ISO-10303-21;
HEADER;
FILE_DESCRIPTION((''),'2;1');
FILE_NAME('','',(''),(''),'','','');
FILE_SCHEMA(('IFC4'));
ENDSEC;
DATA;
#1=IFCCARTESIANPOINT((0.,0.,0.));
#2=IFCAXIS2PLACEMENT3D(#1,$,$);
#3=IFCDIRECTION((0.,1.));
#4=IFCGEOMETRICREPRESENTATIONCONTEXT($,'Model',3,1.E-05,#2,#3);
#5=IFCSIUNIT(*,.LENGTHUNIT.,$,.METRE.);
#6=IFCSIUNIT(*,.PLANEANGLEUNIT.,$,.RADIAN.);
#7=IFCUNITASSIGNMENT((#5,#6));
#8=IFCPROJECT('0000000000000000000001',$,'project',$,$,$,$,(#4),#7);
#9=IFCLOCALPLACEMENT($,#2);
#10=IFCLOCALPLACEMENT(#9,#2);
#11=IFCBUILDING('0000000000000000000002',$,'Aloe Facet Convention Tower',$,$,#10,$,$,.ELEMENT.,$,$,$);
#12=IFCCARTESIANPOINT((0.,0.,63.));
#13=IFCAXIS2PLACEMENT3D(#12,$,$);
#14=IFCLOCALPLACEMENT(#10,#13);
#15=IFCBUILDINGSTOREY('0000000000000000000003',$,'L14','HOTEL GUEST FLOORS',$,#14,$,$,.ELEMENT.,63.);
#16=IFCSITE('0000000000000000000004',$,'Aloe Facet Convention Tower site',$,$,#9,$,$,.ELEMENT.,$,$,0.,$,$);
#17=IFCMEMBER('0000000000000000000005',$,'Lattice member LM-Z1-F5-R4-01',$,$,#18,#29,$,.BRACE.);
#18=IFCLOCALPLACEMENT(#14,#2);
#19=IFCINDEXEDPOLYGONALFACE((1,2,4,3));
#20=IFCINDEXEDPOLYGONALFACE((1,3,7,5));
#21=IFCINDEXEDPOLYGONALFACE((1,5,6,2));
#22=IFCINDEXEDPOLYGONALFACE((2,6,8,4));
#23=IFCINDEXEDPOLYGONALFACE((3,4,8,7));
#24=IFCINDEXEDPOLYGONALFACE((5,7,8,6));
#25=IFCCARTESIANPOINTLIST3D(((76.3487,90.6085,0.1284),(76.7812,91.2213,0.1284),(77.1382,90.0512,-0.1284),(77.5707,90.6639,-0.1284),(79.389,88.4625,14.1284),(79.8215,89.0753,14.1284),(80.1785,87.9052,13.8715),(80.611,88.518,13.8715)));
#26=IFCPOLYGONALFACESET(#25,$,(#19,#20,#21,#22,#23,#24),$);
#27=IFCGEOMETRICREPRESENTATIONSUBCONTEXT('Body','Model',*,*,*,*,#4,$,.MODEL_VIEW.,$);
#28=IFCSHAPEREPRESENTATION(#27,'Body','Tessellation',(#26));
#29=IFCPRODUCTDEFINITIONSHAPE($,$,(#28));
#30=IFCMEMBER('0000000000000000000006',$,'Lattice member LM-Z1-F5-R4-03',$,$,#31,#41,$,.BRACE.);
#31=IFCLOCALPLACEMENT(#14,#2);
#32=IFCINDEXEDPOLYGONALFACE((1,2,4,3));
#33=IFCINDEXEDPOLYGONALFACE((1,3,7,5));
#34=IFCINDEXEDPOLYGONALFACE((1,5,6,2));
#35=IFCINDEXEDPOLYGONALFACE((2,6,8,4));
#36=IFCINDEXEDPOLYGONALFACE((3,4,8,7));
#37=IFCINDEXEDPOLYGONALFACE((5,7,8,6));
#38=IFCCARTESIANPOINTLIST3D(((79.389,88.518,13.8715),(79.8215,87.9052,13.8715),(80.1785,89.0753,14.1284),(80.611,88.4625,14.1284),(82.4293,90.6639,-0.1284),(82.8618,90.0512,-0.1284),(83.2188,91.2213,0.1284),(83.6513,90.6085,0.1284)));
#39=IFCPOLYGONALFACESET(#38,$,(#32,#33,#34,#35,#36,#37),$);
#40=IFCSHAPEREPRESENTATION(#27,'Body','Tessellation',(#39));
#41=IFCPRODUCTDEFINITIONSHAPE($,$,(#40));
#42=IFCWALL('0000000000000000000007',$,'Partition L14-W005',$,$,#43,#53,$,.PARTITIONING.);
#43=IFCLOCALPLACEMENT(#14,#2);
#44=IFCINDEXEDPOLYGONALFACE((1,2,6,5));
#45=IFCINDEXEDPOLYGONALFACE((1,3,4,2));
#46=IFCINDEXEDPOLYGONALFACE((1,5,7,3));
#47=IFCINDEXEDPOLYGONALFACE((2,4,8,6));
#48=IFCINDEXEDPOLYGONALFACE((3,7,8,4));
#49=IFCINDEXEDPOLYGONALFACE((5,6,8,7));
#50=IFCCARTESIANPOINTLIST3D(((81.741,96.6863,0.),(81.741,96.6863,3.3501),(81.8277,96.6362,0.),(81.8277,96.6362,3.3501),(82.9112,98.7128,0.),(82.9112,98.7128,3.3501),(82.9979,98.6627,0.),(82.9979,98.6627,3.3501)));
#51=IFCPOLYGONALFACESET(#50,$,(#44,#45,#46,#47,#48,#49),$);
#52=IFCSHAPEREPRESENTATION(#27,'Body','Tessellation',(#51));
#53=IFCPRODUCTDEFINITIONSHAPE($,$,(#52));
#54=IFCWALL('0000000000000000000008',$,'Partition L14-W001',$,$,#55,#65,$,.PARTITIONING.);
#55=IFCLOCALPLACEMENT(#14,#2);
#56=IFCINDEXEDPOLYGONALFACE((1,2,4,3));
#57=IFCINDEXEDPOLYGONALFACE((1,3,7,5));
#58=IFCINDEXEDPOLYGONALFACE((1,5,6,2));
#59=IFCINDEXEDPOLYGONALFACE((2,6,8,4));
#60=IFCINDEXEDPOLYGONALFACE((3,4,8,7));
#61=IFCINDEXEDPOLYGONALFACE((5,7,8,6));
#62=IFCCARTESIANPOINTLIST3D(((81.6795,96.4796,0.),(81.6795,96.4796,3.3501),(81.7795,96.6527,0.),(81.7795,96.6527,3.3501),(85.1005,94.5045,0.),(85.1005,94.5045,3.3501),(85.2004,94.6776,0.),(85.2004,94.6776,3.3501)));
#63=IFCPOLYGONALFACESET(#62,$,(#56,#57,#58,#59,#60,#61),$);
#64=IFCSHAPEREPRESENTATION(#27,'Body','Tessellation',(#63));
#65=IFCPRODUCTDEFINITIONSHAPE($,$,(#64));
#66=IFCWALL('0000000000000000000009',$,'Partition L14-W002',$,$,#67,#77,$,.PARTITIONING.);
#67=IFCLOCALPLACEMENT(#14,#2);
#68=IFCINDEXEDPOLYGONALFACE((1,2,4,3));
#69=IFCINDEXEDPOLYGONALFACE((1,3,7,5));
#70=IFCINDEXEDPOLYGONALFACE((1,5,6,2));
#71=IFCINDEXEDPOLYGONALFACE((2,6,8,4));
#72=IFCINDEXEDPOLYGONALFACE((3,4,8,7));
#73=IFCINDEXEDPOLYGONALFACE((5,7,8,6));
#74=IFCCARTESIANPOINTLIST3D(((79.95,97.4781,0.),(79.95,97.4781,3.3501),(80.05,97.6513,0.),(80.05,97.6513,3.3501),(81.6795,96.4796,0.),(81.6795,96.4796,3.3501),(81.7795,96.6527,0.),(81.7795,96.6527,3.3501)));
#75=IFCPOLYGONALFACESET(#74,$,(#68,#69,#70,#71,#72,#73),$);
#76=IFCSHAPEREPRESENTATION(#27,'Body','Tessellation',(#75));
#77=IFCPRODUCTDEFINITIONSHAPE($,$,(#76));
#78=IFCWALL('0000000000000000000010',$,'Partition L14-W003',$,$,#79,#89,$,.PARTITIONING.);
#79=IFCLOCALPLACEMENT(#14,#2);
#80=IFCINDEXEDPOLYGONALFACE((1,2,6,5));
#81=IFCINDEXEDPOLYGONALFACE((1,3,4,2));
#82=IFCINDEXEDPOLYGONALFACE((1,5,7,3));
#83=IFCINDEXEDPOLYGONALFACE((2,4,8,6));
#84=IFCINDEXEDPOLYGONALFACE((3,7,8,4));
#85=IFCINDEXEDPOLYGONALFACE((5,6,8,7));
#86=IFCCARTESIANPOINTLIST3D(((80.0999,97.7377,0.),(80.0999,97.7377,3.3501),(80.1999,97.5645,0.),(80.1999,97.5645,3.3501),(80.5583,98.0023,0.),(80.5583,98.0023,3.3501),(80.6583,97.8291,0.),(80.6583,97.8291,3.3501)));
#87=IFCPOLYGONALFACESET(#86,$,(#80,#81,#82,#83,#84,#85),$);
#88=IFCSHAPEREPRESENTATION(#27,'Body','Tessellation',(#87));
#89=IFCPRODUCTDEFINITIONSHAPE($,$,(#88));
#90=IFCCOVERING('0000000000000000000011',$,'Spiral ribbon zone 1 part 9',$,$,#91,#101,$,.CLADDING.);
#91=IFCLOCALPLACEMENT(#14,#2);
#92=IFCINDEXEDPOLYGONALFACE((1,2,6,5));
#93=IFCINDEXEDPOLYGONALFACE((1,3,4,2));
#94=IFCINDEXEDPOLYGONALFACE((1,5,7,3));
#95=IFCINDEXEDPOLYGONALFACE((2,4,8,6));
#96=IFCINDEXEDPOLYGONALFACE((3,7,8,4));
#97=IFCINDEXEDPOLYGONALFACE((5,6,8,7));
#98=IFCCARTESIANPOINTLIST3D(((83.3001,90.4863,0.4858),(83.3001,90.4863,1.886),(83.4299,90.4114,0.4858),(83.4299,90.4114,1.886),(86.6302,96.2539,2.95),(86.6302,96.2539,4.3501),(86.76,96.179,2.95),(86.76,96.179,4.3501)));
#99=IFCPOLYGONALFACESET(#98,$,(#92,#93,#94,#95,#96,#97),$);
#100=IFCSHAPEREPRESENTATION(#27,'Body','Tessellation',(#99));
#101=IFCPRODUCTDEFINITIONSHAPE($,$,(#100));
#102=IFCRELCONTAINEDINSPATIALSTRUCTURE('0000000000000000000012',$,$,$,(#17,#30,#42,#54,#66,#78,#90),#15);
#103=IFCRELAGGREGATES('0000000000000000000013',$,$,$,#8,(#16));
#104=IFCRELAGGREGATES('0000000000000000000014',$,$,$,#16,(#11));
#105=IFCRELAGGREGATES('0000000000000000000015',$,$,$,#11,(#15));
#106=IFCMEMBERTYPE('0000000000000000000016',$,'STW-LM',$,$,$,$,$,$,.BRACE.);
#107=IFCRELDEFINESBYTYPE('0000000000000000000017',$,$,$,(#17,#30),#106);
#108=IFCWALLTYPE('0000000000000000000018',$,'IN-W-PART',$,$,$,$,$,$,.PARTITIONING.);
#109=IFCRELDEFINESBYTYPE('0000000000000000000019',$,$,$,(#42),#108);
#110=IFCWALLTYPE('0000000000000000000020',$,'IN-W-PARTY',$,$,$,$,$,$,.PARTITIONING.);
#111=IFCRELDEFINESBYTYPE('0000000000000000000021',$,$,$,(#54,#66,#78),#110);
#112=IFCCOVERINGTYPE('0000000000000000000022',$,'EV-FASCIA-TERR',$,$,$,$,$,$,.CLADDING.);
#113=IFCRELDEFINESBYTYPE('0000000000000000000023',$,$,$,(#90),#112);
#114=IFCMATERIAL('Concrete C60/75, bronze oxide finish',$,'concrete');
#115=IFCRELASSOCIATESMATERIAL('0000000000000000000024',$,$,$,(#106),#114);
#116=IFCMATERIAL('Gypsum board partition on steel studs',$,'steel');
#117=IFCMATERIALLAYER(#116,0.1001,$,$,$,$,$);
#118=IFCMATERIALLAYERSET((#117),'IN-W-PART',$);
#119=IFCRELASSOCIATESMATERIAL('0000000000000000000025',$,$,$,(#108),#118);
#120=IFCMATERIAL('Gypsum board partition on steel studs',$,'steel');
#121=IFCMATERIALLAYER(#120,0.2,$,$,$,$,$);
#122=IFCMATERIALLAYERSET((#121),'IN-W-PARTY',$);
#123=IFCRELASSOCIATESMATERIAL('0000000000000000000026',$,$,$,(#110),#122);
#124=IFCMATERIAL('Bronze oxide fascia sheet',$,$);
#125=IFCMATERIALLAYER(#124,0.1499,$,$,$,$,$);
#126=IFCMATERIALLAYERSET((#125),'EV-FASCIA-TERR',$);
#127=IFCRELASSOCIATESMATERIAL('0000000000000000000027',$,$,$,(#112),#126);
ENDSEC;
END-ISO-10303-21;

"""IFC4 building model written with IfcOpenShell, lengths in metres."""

from ifc_helpers import new_model, si_unit, direction, frame, frame_2d, origin, origin_2d, place, context, subcontext, project, spatial, polyline, rectangle, outline, extrude, material, layer, layer_set, material_profile, profile_set, type_object, element, save


model = new_model("IFC4")

# Units and contexts
model_context = context("Model", 3, precision=1e-05, world=origin(), true_north=direction((0.0, 1.0)))
body_context = subcontext(model_context, "Body", "Model", "MODEL_VIEW")
ifc_project = project(units=[si_unit("LENGTHUNIT", "METRE"), si_unit("PLANEANGLEUNIT", "RADIAN")], contexts=[model_context])

# Site, building, storey
site_placement = place(None, origin())
site = spatial("IfcSite", under=ifc_project, at=site_placement, Name="Aloe Facet Convention Tower site", CompositionType="ELEMENT", RefElevation=0.0)
building_placement = place(site_placement, origin())
building = spatial("IfcBuilding", under=site, at=building_placement, Name="Aloe Facet Convention Tower", CompositionType="ELEMENT")
storey_placement = place(building_placement, frame((0.0, 0.0, 63.0)))
storey = spatial("IfcBuildingStorey", under=building, at=storey_placement, Name="L14", Description="HOTEL GUEST FLOORS", CompositionType="ELEMENT", Elevation=63.0)

# Members
ifc_material_1 = material(Name="Concrete C60/75, bronze oxide finish", Category="concrete")
ifc_material_profile_1 = material_profile(ifc_material_1, rectangle(XDim=0.75, YDim=1.0, at=origin_2d()), Name="STW-LM")
ifc_profile_set_1 = profile_set([ifc_material_profile_1], Name="Concrete C60/75, bronze oxide finish")
member_type = type_object("IfcMemberType", Name="STW-LM", PredefinedType="BRACE", material=ifc_profile_set_1)
for number, where, z_axis, x_axis, name in (
    (1, (76.9597, 90.6362, 0.0), (0.209875, -0.148141, 0.96644), (0.576668, 0.816979, 0.0), "Lattice member LM-Z1-F5-R4-01"),
    (2, (83.0403, 90.6362, 0.0), (-0.209875, -0.148141, 0.96644), (0.576668, -0.816979, 0.0), "Lattice member LM-Z1-F5-R4-03"),
):
    element("IfcMember", number, at=place(storey_placement, frame(where, z_axis=z_axis, x_axis=x_axis)), inside=storey, type_object=member_type, Name=name, PredefinedType="BRACE", context=body_context, shape_type="SweptSolid", body=[
        extrude(rectangle(XDim=0.75, YDim=1.0, at=origin_2d()), origin(), (0.0, 0.0, 1.0), 14.4861),
    ])

# Walls
ifc_material_2 = material(Name="Gypsum board partition on steel studs", Category="steel")
ifc_layer_1 = layer(ifc_material_2, 0.1001)
ifc_layer_set_1 = layer_set([ifc_layer_1], Name="IN-W-PART")
wall_type_1 = type_object("IfcWallType", Name="IN-W-PART", PredefinedType="PARTITIONING", material=ifc_layer_set_1)
wall_1_placement = place(storey_placement, frame((81.7844, 96.6614, 0.0), z_axis=(0.0, 0.0, 1.0), x_axis=(0.500078, 0.865981, 0.0)))
element("IfcWall", 3, at=wall_1_placement, inside=storey, type_object=wall_type_1, Name="Partition L14-W005", PredefinedType="PARTITIONING", context=body_context, shape_type="SweptSolid", body=[
    extrude(rectangle(XDim=2.3401, YDim=0.1001, at=frame_2d((1.1699, 0.0))), origin(), (0.0, 0.0, 1.0), 3.3501),
])
ifc_material_3 = material(Name="Gypsum board partition on steel studs", Category="steel")
ifc_layer_2 = layer(ifc_material_3, 0.2)
ifc_layer_set_2 = layer_set([ifc_layer_2], Name="IN-W-PARTY")
wall_type_2 = type_object("IfcWallType", Name="IN-W-PARTY", PredefinedType="PARTITIONING", material=ifc_layer_set_2)
wall_2_placement = place(storey_placement, frame((81.7295, 96.5662, 0.0), z_axis=(0.0, 0.0, 1.0), x_axis=(0.866021, -0.500008, 0.0)))
element("IfcWall", 4, at=wall_2_placement, inside=storey, type_object=wall_type_2, Name="Partition L14-W001", PredefinedType="PARTITIONING", context=body_context, shape_type="SweptSolid", body=[
    extrude(rectangle(XDim=3.9502, YDim=0.2, at=frame_2d((1.9751, 0.0))), origin(), (0.0, 0.0, 1.0), 3.3501),
])
wall_3_placement = place(storey_placement, frame((80.0, 97.5647, 0.0), z_axis=(0.0, 0.0, 1.0), x_axis=(0.866023, -0.500005, 0.0)))
element("IfcWall", 5, at=wall_3_placement, inside=storey, type_object=wall_type_2, Name="Partition L14-W002", PredefinedType="PARTITIONING", context=body_context, shape_type="SweptSolid", body=[
    extrude(rectangle(XDim=1.9971, YDim=0.2, at=frame_2d((0.9985, 0.0))), origin(), (0.0, 0.0, 1.0), 3.3501),
])
wall_4_placement = place(storey_placement, frame((80.1499, 97.6511, 0.0), z_axis=(0.0, 0.0, 1.0), x_axis=(0.866078, 0.499909, 0.0)))
element("IfcWall", 6, at=wall_4_placement, inside=storey, type_object=wall_type_2, Name="Partition L14-W003", PredefinedType="PARTITIONING", context=body_context, shape_type="SweptSolid", body=[
    extrude(rectangle(XDim=0.5293, YDim=0.2, at=frame_2d((0.2646, 0.0))), origin(), (0.0, 0.0, 1.0), 3.3501),
])

# Covering
ifc_material_4 = material(Name="Bronze oxide fascia sheet")
ifc_layer_3 = layer(ifc_material_4, 0.1499)
ifc_layer_set_3 = layer_set([ifc_layer_3], Name="EV-FASCIA-TERR")
covering_type = type_object("IfcCoveringType", Name="EV-FASCIA-TERR", PredefinedType="CLADDING", material=ifc_layer_set_3)
covering_placement = place(storey_placement, frame((83.4299, 90.4114, 0.4858), z_axis=(0.866015, -0.500019, 0.0), x_axis=(0.46895, 0.812204, 0.347002)))
element("IfcCovering", 7, at=covering_placement, inside=storey, type_object=covering_type, Name="Spiral ribbon zone 1 part 9", PredefinedType="CLADDING", context=body_context, shape_type="SweptSolid", body=[
    extrude(outline(polyline([(0.0, 0.0), (7.1011, 0.0), (7.587, 1.3131), (0.4859, 1.3131), (0.0, 0.0)])), origin(), (0.0, 0.0, -1.0), 0.1499),
])

save(model, "model.ifc")
